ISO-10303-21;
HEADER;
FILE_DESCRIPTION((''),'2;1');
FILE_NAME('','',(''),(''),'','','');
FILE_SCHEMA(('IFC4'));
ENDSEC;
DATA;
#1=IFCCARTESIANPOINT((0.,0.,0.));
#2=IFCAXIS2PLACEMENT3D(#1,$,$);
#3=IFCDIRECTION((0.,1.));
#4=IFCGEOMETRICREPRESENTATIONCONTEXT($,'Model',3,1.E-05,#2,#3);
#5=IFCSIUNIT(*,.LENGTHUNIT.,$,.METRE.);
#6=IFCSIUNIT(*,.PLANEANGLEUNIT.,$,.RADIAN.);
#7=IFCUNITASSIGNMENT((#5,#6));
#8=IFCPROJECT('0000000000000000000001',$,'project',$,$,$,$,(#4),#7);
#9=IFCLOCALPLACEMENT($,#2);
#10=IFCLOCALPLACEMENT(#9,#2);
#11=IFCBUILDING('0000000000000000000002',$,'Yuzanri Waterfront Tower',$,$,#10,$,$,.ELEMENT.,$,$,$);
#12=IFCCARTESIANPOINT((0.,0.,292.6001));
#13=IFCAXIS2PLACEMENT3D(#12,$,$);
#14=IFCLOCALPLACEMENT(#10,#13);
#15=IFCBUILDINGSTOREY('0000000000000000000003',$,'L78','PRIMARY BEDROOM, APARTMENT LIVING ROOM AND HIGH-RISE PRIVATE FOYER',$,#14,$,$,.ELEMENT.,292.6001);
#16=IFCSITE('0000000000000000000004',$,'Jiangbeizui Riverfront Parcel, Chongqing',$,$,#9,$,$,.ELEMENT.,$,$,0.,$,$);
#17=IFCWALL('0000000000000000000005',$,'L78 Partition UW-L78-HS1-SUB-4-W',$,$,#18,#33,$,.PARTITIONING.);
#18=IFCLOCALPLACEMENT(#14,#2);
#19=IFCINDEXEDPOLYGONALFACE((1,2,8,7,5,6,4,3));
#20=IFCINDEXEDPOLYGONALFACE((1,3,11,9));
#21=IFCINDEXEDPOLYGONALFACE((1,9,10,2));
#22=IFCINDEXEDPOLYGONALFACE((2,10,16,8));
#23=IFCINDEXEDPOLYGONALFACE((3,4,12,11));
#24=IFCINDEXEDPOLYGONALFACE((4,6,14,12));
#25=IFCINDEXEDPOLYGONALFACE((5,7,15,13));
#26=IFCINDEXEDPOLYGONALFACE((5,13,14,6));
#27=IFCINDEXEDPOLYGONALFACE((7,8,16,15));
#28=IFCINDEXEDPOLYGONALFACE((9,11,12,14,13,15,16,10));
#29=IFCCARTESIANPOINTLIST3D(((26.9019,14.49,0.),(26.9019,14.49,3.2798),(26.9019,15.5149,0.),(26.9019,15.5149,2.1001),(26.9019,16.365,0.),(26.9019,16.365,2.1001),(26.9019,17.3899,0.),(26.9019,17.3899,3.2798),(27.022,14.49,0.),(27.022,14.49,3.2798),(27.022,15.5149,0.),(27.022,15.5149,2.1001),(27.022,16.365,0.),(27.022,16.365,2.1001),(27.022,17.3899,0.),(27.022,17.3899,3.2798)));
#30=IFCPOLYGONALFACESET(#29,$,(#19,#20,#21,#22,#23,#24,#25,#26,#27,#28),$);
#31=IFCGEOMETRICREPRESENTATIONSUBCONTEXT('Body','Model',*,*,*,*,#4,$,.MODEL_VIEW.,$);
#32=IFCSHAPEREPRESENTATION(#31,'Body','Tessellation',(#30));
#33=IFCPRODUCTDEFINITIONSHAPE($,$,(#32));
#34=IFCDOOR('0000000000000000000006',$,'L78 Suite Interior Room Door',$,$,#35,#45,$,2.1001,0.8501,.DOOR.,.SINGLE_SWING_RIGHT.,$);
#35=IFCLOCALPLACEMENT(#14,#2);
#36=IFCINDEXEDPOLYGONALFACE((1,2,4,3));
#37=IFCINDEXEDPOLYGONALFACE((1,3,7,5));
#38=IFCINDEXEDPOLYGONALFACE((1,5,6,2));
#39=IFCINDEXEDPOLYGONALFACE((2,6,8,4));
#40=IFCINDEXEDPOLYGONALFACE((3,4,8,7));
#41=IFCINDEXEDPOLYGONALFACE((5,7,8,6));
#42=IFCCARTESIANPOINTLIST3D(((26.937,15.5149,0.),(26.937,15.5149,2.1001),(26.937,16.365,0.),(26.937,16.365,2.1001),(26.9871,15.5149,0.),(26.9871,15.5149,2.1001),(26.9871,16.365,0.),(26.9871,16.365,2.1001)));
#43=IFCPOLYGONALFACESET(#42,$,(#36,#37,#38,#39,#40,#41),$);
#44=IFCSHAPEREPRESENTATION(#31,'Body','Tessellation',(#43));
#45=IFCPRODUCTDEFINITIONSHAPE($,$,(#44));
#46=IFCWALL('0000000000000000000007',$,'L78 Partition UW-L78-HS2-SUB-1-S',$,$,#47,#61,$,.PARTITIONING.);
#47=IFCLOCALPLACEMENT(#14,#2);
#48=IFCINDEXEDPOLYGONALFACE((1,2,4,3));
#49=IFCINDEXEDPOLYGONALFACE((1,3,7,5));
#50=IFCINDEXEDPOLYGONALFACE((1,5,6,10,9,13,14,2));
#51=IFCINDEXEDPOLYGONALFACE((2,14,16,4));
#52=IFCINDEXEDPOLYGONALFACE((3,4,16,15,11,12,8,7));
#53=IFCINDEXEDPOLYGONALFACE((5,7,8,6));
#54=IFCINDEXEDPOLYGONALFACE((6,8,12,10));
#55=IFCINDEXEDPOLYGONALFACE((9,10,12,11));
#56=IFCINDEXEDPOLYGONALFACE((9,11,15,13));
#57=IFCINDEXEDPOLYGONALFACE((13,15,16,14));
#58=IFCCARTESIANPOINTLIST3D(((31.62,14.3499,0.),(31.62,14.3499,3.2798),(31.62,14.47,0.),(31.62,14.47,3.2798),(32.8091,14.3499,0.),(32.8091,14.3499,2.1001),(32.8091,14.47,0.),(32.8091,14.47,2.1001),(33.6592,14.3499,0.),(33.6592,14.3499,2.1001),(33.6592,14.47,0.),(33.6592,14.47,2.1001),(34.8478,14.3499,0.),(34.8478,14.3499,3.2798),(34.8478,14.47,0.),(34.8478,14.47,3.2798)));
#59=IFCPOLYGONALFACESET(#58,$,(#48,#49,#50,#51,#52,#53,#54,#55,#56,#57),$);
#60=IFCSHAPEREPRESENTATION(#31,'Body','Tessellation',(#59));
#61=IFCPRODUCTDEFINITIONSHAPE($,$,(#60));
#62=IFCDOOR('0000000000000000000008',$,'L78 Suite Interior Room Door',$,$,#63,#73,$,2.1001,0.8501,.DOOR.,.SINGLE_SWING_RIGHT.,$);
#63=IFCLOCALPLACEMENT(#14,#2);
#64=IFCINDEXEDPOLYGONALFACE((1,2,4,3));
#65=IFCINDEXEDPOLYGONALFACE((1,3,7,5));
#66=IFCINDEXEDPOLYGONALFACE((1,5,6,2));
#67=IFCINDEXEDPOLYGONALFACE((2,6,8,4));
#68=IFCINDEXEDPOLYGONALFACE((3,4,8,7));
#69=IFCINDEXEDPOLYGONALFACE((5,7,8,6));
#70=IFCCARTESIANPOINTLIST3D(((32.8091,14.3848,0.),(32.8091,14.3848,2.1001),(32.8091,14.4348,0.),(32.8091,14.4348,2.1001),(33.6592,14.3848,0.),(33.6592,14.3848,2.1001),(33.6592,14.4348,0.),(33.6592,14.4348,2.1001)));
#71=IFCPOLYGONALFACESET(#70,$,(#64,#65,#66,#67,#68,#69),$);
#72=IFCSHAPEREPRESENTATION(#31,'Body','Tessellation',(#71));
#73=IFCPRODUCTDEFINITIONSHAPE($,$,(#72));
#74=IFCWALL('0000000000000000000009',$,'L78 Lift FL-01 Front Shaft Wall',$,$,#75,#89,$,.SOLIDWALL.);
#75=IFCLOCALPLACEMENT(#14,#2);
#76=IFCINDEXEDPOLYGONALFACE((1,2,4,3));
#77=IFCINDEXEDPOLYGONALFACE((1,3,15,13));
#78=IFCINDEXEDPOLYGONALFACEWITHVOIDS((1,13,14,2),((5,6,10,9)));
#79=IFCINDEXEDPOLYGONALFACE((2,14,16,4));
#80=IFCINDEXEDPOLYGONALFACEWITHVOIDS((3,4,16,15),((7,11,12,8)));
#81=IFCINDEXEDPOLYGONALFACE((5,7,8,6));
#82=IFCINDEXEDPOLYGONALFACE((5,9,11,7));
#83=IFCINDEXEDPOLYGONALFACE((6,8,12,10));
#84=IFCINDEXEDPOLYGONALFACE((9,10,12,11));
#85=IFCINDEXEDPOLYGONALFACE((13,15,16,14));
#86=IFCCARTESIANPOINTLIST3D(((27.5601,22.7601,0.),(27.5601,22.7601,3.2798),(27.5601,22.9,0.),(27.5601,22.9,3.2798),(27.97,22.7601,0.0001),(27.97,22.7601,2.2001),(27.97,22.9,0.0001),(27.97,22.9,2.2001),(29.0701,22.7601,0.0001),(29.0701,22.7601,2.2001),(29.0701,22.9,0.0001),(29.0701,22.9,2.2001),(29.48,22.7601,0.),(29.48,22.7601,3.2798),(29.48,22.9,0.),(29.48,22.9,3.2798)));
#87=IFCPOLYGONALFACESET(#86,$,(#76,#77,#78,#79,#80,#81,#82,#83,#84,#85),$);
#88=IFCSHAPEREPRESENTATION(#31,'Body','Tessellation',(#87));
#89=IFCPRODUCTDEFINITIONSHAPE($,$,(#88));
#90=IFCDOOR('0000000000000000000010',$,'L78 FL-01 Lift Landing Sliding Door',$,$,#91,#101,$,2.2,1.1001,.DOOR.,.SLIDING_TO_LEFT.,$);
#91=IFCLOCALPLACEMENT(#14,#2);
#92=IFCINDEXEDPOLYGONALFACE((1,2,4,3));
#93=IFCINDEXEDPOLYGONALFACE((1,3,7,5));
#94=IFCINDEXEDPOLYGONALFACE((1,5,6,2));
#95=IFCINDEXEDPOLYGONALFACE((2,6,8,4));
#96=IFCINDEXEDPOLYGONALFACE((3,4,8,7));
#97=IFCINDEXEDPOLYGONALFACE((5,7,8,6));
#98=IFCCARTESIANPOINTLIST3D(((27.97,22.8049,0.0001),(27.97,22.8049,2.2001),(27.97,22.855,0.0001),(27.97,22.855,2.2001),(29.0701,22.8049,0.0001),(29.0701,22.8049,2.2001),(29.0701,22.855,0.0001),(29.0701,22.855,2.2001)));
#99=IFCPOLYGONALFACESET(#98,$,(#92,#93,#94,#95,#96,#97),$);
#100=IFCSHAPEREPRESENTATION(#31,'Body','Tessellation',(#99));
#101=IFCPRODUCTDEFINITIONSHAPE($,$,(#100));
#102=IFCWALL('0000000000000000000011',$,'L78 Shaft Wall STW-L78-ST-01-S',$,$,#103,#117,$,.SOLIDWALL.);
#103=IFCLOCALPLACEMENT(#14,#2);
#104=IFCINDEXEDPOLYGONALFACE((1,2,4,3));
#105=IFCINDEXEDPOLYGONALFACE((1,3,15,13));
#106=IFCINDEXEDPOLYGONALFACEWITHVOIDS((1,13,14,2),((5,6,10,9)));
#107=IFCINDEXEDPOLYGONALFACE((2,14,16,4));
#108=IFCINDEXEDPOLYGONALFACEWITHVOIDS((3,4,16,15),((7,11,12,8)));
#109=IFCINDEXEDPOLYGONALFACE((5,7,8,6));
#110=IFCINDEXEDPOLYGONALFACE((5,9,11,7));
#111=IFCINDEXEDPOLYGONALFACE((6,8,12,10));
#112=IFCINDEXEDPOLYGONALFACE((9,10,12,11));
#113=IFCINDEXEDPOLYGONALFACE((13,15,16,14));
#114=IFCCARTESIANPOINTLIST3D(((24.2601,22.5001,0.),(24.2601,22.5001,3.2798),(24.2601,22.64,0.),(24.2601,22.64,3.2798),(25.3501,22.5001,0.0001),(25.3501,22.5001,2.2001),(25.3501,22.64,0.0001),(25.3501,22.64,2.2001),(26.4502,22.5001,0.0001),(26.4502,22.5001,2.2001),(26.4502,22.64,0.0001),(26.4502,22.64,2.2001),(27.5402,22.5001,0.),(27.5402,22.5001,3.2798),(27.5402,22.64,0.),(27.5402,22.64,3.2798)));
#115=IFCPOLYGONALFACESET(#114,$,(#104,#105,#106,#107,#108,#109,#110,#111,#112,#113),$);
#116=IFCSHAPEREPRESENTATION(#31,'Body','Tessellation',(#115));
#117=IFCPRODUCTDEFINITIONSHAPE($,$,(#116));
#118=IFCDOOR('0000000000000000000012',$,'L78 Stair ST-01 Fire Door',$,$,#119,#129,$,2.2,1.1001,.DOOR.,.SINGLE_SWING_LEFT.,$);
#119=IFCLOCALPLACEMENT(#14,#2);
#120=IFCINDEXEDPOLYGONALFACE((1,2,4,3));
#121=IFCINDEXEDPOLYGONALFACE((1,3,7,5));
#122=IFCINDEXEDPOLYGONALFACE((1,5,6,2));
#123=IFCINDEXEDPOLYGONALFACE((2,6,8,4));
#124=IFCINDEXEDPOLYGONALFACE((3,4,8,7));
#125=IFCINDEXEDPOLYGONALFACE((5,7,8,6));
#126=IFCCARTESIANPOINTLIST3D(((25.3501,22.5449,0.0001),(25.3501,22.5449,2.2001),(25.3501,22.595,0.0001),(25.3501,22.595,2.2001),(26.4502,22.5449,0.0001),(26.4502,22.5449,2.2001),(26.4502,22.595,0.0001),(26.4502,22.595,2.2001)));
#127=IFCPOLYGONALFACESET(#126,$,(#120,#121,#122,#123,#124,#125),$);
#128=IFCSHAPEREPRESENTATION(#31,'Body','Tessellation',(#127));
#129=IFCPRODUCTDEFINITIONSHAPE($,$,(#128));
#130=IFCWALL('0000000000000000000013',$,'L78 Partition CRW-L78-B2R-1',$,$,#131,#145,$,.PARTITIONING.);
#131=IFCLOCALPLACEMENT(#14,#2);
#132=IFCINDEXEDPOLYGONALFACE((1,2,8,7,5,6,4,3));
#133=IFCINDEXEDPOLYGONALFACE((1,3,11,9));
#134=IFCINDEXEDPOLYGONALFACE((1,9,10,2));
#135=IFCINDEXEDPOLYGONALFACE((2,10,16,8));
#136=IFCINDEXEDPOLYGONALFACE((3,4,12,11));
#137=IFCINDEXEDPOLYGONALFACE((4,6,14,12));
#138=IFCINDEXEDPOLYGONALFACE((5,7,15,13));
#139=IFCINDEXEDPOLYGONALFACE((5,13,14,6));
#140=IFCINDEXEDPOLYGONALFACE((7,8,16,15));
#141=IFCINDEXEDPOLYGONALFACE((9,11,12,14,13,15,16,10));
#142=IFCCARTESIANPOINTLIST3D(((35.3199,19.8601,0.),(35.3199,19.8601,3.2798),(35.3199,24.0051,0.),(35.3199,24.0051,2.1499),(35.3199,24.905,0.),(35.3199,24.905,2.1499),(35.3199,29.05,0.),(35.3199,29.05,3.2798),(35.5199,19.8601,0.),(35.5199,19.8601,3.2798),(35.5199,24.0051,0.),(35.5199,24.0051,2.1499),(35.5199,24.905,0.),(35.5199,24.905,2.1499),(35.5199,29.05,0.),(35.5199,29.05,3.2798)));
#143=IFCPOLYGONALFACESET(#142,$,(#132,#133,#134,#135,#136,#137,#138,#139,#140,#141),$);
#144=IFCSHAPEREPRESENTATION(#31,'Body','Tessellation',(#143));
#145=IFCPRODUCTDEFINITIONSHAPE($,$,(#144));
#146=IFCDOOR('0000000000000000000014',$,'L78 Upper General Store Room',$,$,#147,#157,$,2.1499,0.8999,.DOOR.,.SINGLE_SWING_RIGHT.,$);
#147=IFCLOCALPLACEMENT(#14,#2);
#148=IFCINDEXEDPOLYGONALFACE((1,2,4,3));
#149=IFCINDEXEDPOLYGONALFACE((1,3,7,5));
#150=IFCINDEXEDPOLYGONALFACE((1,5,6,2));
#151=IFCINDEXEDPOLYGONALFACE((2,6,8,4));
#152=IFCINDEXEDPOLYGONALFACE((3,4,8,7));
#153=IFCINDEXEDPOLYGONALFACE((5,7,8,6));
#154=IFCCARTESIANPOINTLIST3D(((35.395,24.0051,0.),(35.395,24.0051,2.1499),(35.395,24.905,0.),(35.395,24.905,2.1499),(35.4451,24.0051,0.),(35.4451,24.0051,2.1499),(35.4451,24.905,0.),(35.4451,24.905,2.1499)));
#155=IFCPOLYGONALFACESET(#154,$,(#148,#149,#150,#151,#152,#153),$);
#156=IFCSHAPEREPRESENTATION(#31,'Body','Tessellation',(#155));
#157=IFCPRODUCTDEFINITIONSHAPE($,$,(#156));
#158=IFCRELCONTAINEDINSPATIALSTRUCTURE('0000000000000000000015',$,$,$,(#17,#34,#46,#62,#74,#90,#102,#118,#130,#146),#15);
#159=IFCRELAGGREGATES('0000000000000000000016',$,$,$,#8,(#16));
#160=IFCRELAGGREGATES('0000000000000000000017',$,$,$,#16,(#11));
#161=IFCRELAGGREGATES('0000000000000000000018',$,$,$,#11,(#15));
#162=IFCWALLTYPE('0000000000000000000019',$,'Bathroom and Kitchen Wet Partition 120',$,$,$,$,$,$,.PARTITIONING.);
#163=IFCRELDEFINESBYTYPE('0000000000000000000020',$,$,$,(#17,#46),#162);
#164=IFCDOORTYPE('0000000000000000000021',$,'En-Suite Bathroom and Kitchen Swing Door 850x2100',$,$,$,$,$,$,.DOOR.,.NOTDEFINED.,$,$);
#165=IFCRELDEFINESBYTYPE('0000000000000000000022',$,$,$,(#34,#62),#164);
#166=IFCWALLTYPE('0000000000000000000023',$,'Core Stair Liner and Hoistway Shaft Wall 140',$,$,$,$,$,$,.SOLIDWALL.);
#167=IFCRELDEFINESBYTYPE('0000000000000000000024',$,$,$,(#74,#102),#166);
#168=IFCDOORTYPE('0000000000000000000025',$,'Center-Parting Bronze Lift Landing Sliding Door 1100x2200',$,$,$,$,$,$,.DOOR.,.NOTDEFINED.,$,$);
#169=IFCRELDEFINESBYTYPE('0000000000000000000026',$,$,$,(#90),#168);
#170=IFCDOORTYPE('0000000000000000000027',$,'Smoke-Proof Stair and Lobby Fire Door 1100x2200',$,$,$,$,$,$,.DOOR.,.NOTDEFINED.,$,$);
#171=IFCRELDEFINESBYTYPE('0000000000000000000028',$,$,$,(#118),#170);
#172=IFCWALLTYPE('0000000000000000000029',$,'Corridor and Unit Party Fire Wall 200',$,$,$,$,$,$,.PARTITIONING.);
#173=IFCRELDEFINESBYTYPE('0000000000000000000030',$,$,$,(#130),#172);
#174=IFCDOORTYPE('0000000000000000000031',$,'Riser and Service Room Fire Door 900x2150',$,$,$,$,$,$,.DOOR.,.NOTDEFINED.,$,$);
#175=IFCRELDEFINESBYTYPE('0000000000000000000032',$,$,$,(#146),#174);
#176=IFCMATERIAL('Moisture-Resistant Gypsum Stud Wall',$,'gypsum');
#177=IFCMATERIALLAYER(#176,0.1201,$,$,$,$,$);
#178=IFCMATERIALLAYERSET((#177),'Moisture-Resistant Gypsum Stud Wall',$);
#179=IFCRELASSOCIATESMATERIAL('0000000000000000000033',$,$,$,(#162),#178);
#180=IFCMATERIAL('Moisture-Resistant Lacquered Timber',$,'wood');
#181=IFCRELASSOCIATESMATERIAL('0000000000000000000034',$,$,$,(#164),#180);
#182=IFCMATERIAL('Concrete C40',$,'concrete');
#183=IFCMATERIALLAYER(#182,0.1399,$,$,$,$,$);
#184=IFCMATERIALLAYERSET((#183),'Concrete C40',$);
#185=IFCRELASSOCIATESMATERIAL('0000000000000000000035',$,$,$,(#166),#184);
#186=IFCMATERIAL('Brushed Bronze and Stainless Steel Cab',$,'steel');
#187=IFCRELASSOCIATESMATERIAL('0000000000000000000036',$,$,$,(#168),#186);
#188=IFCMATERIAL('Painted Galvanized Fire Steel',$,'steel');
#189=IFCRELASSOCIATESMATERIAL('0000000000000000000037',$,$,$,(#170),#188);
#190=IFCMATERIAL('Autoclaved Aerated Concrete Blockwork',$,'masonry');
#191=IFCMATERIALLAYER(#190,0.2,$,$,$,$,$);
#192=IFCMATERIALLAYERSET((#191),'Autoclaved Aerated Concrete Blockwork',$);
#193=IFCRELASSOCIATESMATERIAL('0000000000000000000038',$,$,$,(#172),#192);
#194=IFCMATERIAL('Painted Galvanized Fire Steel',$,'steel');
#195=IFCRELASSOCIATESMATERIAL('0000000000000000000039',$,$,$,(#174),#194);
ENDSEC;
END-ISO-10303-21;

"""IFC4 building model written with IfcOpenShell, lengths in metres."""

from ifc_helpers import new_model, si_unit, direction, frame, frame_2d, origin, place, context, subcontext, project, spatial, rectangle, extrude, source, transform, mapped, material, layer, layer_set, type_object, element, fill, save


model = new_model("IFC4")

# Units and contexts
model_context = context("Model", 3, precision=1e-05, world=origin(), true_north=direction((0.0, 1.0)))
body_context = subcontext(model_context, "Body", "Model", "MODEL_VIEW")
ifc_project = project(units=[si_unit("LENGTHUNIT", "METRE"), si_unit("PLANEANGLEUNIT", "RADIAN")], contexts=[model_context])

# Site, building, storey
site_placement = place(None, origin())
site = spatial("IfcSite", under=ifc_project, at=site_placement, Name="Jiangbeizui Riverfront Parcel, Chongqing", CompositionType="ELEMENT", RefElevation=0.0)
building_placement = place(site_placement, origin())
building = spatial("IfcBuilding", under=site, at=building_placement, Name="Yuzanri Waterfront Tower", CompositionType="ELEMENT")
storey_placement = place(building_placement, frame((0.0, 0.0, 292.6001)))
storey = spatial("IfcBuildingStorey", under=building, at=storey_placement, Name="L78", Description="PRIMARY BEDROOM, APARTMENT LIVING ROOM AND HIGH-RISE PRIVATE FOYER", CompositionType="ELEMENT", Elevation=292.6001)

# Walls, openings, doors
ifc_material_1 = material(Name="Moisture-Resistant Gypsum Stud Wall", Category="gypsum")
ifc_layer_1 = layer(ifc_material_1, 0.1201)
ifc_layer_set_1 = layer_set([ifc_layer_1], Name="Moisture-Resistant Gypsum Stud Wall")
wall_type_1 = type_object("IfcWallType", Name="Bathroom and Kitchen Wet Partition 120", PredefinedType="PARTITIONING", material=ifc_layer_set_1)
ifc_material_2 = material(Name="Moisture-Resistant Lacquered Timber", Category="wood")
door_type_1 = type_object("IfcDoorType", Name="En-Suite Bathroom and Kitchen Swing Door 850x2100", OperationType="NOTDEFINED", PredefinedType="DOOR", material=ifc_material_2)
shared_shape_1 = source(origin(), body_context, "Body", "SweptSolid", [
    extrude(rectangle(XDim=0.8501, YDim=2.1001, at=frame_2d((0.425, 1.05))), frame((0.0, 0.0249, 0.0), z_axis=(0.0, -1.0, 0.0), x_axis=(1.0, 0.0, 0.0)), (0.0, 0.0, 1.0), 0.05),
])
wall_1_placement = place(storey_placement, frame((26.9619, 14.49, 0.0), z_axis=(0.0, 0.0, 1.0), x_axis=(0.0, 1.0, 0.0)))
wall_1 = element("IfcWall", 1, at=wall_1_placement, inside=storey, type_object=wall_type_1, Name="L78 Partition UW-L78-HS1-SUB-4-W", PredefinedType="PARTITIONING", context=body_context, shape_type="SweptSolid", body=[
    extrude(rectangle(XDim=2.8999, YDim=0.1201, at=frame_2d((1.45, 0.0))), origin(), (0.0, 0.0, 1.0), 3.2798),
])
opening_1_placement = place(wall_1_placement, frame((1.0249, 0.0, 0.0)))
opening_1 = element("IfcOpeningElement", 2, at=opening_1_placement, cuts=wall_1, PredefinedType="OPENING", context=body_context, shape_type="SweptSolid", body=[
    extrude(rectangle(XDim=0.8501, YDim=2.1001, at=frame_2d((0.425, 1.05))), frame((0.0, 0.075, 0.0), z_axis=(0.0, -1.0, 0.0), x_axis=(1.0, 0.0, 0.0)), (0.0, 0.0, 1.0), 0.1499),
])
door_1_placement = place(opening_1_placement, origin())
door_1 = element("IfcDoor", 3, at=door_1_placement, inside=storey, type_object=door_type_1, Name="L78 Suite Interior Room Door", OperationType="SINGLE_SWING_RIGHT", OverallHeight=2.1001, OverallWidth=0.8501, PredefinedType="DOOR", context=body_context, shape_type="MappedRepresentation", body=[
    mapped(shared_shape_1, transform((0.0, 0.0, 0.0), scale=1.0)),
])
fill(opening_1, door_1)
wall_2_placement = place(storey_placement, frame((31.6201, 14.4099, 0.0), z_axis=(0.0, 0.0, 1.0), x_axis=(1.0, 0.0, 0.0)))
wall_2 = element("IfcWall", 4, at=wall_2_placement, inside=storey, type_object=wall_type_1, Name="L78 Partition UW-L78-HS2-SUB-1-S", PredefinedType="PARTITIONING", context=body_context, shape_type="SweptSolid", body=[
    extrude(rectangle(XDim=3.2278, YDim=0.1201, at=frame_2d((1.6138, 0.0))), origin(), (0.0, 0.0, 1.0), 3.2798),
])
opening_2_placement = place(wall_2_placement, frame((1.189, 0.0, 0.0)))
opening_2 = element("IfcOpeningElement", 5, at=opening_2_placement, cuts=wall_2, PredefinedType="OPENING", context=body_context, shape_type="SweptSolid", body=[
    extrude(rectangle(XDim=0.8501, YDim=2.1001, at=frame_2d((0.425, 1.05))), frame((0.0, 0.075, 0.0), z_axis=(0.0, -1.0, 0.0), x_axis=(1.0, 0.0, 0.0)), (0.0, 0.0, 1.0), 0.1499),
])
door_2_placement = place(opening_2_placement, origin())
door_2 = element("IfcDoor", 6, at=door_2_placement, inside=storey, type_object=door_type_1, Name="L78 Suite Interior Room Door", OperationType="SINGLE_SWING_RIGHT", OverallHeight=2.1001, OverallWidth=0.8501, PredefinedType="DOOR", context=body_context, shape_type="MappedRepresentation", body=[
    mapped(shared_shape_1, transform((0.0, 0.0, 0.0), scale=1.0)),
])
fill(opening_2, door_2)
ifc_material_3 = material(Name="Concrete C40", Category="concrete")
ifc_layer_2 = layer(ifc_material_3, 0.1399)
ifc_layer_set_2 = layer_set([ifc_layer_2], Name="Concrete C40")
wall_type_2 = type_object("IfcWallType", Name="Core Stair Liner and Hoistway Shaft Wall 140", PredefinedType="SOLIDWALL", material=ifc_layer_set_2)
wall_3_placement = place(storey_placement, frame((27.5601, 22.8301, 0.0), z_axis=(0.0, 0.0, 1.0), x_axis=(1.0, 0.0, 0.0)))
wall_3 = element("IfcWall", 7, at=wall_3_placement, inside=storey, type_object=wall_type_2, Name="L78 Lift FL-01 Front Shaft Wall", PredefinedType="SOLIDWALL", context=body_context, shape_type="SweptSolid", body=[
    extrude(rectangle(XDim=1.9199, YDim=0.1399, at=frame_2d((0.96, 0.0))), origin(), (0.0, 0.0, 1.0), 3.2798),
])
opening_3_placement = place(wall_3_placement, frame((0.4099, 0.0, 0.0)))
opening_3 = element("IfcOpeningElement", 8, at=opening_3_placement, cuts=wall_3, PredefinedType="OPENING", context=body_context, shape_type="SweptSolid", body=[
    extrude(rectangle(XDim=1.1001, YDim=2.2, at=frame_2d((0.55, 1.1001))), frame((0.0, 0.085, 0.0), z_axis=(0.0, -1.0, 0.0), x_axis=(1.0, 0.0, 0.0)), (0.0, 0.0, 1.0), 0.1697),
])
ifc_material_4 = material(Name="Brushed Bronze and Stainless Steel Cab", Category="steel")
door_type_2 = type_object("IfcDoorType", Name="Center-Parting Bronze Lift Landing Sliding Door 1100x2200", OperationType="NOTDEFINED", PredefinedType="DOOR", material=ifc_material_4)
shared_shape_2 = source(origin(), body_context, "Body", "SweptSolid", [
    extrude(rectangle(XDim=1.1001, YDim=2.2, at=frame_2d((0.55, 1.1001))), frame((0.0, 0.0249, 0.0), z_axis=(0.0, -1.0, 0.0), x_axis=(1.0, 0.0, 0.0)), (0.0, 0.0, 1.0), 0.05),
])
door_3_placement = place(opening_3_placement, origin())
door_3 = element("IfcDoor", 9, at=door_3_placement, inside=storey, type_object=door_type_2, Name="L78 FL-01 Lift Landing Sliding Door", OperationType="SLIDING_TO_LEFT", OverallHeight=2.2, OverallWidth=1.1001, PredefinedType="DOOR", context=body_context, shape_type="MappedRepresentation", body=[
    mapped(shared_shape_2, transform((0.0, 0.0, 0.0), scale=1.0)),
])
fill(opening_3, door_3)
wall_4_placement = place(storey_placement, frame((24.26, 22.5701, 0.0), z_axis=(0.0, 0.0, 1.0), x_axis=(1.0, 0.0, 0.0)))
wall_4 = element("IfcWall", 10, at=wall_4_placement, inside=storey, type_object=wall_type_2, Name="L78 Shaft Wall STW-L78-ST-01-S", PredefinedType="SOLIDWALL", context=body_context, shape_type="SweptSolid", body=[
    extrude(rectangle(XDim=3.28, YDim=0.1399, at=frame_2d((1.6401, 0.0))), origin(), (0.0, 0.0, 1.0), 3.2798),
])
opening_4_placement = place(wall_4_placement, frame((1.0901, 0.0, 0.0)))
opening_4 = element("IfcOpeningElement", 11, at=opening_4_placement, cuts=wall_4, PredefinedType="OPENING", context=body_context, shape_type="SweptSolid", body=[
    extrude(rectangle(XDim=1.1001, YDim=2.2, at=frame_2d((0.55, 1.1001))), frame((0.0, 0.085, 0.0), z_axis=(0.0, -1.0, 0.0), x_axis=(1.0, 0.0, 0.0)), (0.0, 0.0, 1.0), 0.1697),
])
ifc_material_5 = material(Name="Painted Galvanized Fire Steel", Category="steel")
door_type_3 = type_object("IfcDoorType", Name="Smoke-Proof Stair and Lobby Fire Door 1100x2200", OperationType="NOTDEFINED", PredefinedType="DOOR", material=ifc_material_5)
shared_shape_3 = source(origin(), body_context, "Body", "SweptSolid", [
    extrude(rectangle(XDim=1.1001, YDim=2.2, at=frame_2d((0.55, 1.1001))), frame((0.0, 0.0249, 0.0), z_axis=(0.0, -1.0, 0.0), x_axis=(1.0, 0.0, 0.0)), (0.0, 0.0, 1.0), 0.05),
])
door_4_placement = place(opening_4_placement, origin())
door_4 = element("IfcDoor", 12, at=door_4_placement, inside=storey, type_object=door_type_3, Name="L78 Stair ST-01 Fire Door", OperationType="SINGLE_SWING_LEFT", OverallHeight=2.2, OverallWidth=1.1001, PredefinedType="DOOR", context=body_context, shape_type="MappedRepresentation", body=[
    mapped(shared_shape_3, transform((0.0, 0.0, 0.0), scale=1.0)),
])
fill(opening_4, door_4)
ifc_material_6 = material(Name="Autoclaved Aerated Concrete Blockwork", Category="masonry")
ifc_layer_3 = layer(ifc_material_6, 0.2)
ifc_layer_set_3 = layer_set([ifc_layer_3], Name="Autoclaved Aerated Concrete Blockwork")
wall_type_3 = type_object("IfcWallType", Name="Corridor and Unit Party Fire Wall 200", PredefinedType="PARTITIONING", material=ifc_layer_set_3)
ifc_material_7 = material(Name="Painted Galvanized Fire Steel", Category="steel")
door_type_4 = type_object("IfcDoorType", Name="Riser and Service Room Fire Door 900x2150", OperationType="NOTDEFINED", PredefinedType="DOOR", material=ifc_material_7)
shared_shape_4 = source(origin(), body_context, "Body", "SweptSolid", [
    extrude(rectangle(XDim=0.8999, YDim=2.1499, at=frame_2d((0.45, 1.075))), frame((0.0, 0.0249, 0.0), z_axis=(0.0, -1.0, 0.0), x_axis=(1.0, 0.0, 0.0)), (0.0, 0.0, 1.0), 0.05),
])
wall_5_placement = place(storey_placement, frame((35.4199, 19.8601, 0.0), z_axis=(0.0, 0.0, 1.0), x_axis=(0.0, 1.0, 0.0)))
wall_5 = element("IfcWall", 13, at=wall_5_placement, inside=storey, type_object=wall_type_3, Name="L78 Partition CRW-L78-B2R-1", PredefinedType="PARTITIONING", context=body_context, shape_type="SweptSolid", body=[
    extrude(rectangle(XDim=9.1899, YDim=0.2, at=frame_2d((4.595, 0.0))), origin(), (0.0, 0.0, 1.0), 3.2798),
])
opening_5_placement = place(wall_5_placement, frame((4.145, 0.0, 0.0)))
opening_5 = element("IfcOpeningElement", 14, at=opening_5_placement, cuts=wall_5, PredefinedType="OPENING", context=body_context, shape_type="SweptSolid", body=[
    extrude(rectangle(XDim=0.8999, YDim=2.1499, at=frame_2d((0.45, 1.075))), frame((0.0, 0.1147, 0.0), z_axis=(0.0, -1.0, 0.0), x_axis=(1.0, 0.0, 0.0)), (0.0, 0.0, 1.0), 0.2297),
])
door_5_placement = place(opening_5_placement, origin())
door_5 = element("IfcDoor", 15, at=door_5_placement, inside=storey, type_object=door_type_4, Name="L78 Upper General Store Room", OperationType="SINGLE_SWING_RIGHT", OverallHeight=2.1499, OverallWidth=0.8999, PredefinedType="DOOR", context=body_context, shape_type="MappedRepresentation", body=[
    mapped(shared_shape_4, transform((0.0, 0.0, 0.0), scale=1.0)),
])
fill(opening_5, door_5)

save(model, "model.ifc")
